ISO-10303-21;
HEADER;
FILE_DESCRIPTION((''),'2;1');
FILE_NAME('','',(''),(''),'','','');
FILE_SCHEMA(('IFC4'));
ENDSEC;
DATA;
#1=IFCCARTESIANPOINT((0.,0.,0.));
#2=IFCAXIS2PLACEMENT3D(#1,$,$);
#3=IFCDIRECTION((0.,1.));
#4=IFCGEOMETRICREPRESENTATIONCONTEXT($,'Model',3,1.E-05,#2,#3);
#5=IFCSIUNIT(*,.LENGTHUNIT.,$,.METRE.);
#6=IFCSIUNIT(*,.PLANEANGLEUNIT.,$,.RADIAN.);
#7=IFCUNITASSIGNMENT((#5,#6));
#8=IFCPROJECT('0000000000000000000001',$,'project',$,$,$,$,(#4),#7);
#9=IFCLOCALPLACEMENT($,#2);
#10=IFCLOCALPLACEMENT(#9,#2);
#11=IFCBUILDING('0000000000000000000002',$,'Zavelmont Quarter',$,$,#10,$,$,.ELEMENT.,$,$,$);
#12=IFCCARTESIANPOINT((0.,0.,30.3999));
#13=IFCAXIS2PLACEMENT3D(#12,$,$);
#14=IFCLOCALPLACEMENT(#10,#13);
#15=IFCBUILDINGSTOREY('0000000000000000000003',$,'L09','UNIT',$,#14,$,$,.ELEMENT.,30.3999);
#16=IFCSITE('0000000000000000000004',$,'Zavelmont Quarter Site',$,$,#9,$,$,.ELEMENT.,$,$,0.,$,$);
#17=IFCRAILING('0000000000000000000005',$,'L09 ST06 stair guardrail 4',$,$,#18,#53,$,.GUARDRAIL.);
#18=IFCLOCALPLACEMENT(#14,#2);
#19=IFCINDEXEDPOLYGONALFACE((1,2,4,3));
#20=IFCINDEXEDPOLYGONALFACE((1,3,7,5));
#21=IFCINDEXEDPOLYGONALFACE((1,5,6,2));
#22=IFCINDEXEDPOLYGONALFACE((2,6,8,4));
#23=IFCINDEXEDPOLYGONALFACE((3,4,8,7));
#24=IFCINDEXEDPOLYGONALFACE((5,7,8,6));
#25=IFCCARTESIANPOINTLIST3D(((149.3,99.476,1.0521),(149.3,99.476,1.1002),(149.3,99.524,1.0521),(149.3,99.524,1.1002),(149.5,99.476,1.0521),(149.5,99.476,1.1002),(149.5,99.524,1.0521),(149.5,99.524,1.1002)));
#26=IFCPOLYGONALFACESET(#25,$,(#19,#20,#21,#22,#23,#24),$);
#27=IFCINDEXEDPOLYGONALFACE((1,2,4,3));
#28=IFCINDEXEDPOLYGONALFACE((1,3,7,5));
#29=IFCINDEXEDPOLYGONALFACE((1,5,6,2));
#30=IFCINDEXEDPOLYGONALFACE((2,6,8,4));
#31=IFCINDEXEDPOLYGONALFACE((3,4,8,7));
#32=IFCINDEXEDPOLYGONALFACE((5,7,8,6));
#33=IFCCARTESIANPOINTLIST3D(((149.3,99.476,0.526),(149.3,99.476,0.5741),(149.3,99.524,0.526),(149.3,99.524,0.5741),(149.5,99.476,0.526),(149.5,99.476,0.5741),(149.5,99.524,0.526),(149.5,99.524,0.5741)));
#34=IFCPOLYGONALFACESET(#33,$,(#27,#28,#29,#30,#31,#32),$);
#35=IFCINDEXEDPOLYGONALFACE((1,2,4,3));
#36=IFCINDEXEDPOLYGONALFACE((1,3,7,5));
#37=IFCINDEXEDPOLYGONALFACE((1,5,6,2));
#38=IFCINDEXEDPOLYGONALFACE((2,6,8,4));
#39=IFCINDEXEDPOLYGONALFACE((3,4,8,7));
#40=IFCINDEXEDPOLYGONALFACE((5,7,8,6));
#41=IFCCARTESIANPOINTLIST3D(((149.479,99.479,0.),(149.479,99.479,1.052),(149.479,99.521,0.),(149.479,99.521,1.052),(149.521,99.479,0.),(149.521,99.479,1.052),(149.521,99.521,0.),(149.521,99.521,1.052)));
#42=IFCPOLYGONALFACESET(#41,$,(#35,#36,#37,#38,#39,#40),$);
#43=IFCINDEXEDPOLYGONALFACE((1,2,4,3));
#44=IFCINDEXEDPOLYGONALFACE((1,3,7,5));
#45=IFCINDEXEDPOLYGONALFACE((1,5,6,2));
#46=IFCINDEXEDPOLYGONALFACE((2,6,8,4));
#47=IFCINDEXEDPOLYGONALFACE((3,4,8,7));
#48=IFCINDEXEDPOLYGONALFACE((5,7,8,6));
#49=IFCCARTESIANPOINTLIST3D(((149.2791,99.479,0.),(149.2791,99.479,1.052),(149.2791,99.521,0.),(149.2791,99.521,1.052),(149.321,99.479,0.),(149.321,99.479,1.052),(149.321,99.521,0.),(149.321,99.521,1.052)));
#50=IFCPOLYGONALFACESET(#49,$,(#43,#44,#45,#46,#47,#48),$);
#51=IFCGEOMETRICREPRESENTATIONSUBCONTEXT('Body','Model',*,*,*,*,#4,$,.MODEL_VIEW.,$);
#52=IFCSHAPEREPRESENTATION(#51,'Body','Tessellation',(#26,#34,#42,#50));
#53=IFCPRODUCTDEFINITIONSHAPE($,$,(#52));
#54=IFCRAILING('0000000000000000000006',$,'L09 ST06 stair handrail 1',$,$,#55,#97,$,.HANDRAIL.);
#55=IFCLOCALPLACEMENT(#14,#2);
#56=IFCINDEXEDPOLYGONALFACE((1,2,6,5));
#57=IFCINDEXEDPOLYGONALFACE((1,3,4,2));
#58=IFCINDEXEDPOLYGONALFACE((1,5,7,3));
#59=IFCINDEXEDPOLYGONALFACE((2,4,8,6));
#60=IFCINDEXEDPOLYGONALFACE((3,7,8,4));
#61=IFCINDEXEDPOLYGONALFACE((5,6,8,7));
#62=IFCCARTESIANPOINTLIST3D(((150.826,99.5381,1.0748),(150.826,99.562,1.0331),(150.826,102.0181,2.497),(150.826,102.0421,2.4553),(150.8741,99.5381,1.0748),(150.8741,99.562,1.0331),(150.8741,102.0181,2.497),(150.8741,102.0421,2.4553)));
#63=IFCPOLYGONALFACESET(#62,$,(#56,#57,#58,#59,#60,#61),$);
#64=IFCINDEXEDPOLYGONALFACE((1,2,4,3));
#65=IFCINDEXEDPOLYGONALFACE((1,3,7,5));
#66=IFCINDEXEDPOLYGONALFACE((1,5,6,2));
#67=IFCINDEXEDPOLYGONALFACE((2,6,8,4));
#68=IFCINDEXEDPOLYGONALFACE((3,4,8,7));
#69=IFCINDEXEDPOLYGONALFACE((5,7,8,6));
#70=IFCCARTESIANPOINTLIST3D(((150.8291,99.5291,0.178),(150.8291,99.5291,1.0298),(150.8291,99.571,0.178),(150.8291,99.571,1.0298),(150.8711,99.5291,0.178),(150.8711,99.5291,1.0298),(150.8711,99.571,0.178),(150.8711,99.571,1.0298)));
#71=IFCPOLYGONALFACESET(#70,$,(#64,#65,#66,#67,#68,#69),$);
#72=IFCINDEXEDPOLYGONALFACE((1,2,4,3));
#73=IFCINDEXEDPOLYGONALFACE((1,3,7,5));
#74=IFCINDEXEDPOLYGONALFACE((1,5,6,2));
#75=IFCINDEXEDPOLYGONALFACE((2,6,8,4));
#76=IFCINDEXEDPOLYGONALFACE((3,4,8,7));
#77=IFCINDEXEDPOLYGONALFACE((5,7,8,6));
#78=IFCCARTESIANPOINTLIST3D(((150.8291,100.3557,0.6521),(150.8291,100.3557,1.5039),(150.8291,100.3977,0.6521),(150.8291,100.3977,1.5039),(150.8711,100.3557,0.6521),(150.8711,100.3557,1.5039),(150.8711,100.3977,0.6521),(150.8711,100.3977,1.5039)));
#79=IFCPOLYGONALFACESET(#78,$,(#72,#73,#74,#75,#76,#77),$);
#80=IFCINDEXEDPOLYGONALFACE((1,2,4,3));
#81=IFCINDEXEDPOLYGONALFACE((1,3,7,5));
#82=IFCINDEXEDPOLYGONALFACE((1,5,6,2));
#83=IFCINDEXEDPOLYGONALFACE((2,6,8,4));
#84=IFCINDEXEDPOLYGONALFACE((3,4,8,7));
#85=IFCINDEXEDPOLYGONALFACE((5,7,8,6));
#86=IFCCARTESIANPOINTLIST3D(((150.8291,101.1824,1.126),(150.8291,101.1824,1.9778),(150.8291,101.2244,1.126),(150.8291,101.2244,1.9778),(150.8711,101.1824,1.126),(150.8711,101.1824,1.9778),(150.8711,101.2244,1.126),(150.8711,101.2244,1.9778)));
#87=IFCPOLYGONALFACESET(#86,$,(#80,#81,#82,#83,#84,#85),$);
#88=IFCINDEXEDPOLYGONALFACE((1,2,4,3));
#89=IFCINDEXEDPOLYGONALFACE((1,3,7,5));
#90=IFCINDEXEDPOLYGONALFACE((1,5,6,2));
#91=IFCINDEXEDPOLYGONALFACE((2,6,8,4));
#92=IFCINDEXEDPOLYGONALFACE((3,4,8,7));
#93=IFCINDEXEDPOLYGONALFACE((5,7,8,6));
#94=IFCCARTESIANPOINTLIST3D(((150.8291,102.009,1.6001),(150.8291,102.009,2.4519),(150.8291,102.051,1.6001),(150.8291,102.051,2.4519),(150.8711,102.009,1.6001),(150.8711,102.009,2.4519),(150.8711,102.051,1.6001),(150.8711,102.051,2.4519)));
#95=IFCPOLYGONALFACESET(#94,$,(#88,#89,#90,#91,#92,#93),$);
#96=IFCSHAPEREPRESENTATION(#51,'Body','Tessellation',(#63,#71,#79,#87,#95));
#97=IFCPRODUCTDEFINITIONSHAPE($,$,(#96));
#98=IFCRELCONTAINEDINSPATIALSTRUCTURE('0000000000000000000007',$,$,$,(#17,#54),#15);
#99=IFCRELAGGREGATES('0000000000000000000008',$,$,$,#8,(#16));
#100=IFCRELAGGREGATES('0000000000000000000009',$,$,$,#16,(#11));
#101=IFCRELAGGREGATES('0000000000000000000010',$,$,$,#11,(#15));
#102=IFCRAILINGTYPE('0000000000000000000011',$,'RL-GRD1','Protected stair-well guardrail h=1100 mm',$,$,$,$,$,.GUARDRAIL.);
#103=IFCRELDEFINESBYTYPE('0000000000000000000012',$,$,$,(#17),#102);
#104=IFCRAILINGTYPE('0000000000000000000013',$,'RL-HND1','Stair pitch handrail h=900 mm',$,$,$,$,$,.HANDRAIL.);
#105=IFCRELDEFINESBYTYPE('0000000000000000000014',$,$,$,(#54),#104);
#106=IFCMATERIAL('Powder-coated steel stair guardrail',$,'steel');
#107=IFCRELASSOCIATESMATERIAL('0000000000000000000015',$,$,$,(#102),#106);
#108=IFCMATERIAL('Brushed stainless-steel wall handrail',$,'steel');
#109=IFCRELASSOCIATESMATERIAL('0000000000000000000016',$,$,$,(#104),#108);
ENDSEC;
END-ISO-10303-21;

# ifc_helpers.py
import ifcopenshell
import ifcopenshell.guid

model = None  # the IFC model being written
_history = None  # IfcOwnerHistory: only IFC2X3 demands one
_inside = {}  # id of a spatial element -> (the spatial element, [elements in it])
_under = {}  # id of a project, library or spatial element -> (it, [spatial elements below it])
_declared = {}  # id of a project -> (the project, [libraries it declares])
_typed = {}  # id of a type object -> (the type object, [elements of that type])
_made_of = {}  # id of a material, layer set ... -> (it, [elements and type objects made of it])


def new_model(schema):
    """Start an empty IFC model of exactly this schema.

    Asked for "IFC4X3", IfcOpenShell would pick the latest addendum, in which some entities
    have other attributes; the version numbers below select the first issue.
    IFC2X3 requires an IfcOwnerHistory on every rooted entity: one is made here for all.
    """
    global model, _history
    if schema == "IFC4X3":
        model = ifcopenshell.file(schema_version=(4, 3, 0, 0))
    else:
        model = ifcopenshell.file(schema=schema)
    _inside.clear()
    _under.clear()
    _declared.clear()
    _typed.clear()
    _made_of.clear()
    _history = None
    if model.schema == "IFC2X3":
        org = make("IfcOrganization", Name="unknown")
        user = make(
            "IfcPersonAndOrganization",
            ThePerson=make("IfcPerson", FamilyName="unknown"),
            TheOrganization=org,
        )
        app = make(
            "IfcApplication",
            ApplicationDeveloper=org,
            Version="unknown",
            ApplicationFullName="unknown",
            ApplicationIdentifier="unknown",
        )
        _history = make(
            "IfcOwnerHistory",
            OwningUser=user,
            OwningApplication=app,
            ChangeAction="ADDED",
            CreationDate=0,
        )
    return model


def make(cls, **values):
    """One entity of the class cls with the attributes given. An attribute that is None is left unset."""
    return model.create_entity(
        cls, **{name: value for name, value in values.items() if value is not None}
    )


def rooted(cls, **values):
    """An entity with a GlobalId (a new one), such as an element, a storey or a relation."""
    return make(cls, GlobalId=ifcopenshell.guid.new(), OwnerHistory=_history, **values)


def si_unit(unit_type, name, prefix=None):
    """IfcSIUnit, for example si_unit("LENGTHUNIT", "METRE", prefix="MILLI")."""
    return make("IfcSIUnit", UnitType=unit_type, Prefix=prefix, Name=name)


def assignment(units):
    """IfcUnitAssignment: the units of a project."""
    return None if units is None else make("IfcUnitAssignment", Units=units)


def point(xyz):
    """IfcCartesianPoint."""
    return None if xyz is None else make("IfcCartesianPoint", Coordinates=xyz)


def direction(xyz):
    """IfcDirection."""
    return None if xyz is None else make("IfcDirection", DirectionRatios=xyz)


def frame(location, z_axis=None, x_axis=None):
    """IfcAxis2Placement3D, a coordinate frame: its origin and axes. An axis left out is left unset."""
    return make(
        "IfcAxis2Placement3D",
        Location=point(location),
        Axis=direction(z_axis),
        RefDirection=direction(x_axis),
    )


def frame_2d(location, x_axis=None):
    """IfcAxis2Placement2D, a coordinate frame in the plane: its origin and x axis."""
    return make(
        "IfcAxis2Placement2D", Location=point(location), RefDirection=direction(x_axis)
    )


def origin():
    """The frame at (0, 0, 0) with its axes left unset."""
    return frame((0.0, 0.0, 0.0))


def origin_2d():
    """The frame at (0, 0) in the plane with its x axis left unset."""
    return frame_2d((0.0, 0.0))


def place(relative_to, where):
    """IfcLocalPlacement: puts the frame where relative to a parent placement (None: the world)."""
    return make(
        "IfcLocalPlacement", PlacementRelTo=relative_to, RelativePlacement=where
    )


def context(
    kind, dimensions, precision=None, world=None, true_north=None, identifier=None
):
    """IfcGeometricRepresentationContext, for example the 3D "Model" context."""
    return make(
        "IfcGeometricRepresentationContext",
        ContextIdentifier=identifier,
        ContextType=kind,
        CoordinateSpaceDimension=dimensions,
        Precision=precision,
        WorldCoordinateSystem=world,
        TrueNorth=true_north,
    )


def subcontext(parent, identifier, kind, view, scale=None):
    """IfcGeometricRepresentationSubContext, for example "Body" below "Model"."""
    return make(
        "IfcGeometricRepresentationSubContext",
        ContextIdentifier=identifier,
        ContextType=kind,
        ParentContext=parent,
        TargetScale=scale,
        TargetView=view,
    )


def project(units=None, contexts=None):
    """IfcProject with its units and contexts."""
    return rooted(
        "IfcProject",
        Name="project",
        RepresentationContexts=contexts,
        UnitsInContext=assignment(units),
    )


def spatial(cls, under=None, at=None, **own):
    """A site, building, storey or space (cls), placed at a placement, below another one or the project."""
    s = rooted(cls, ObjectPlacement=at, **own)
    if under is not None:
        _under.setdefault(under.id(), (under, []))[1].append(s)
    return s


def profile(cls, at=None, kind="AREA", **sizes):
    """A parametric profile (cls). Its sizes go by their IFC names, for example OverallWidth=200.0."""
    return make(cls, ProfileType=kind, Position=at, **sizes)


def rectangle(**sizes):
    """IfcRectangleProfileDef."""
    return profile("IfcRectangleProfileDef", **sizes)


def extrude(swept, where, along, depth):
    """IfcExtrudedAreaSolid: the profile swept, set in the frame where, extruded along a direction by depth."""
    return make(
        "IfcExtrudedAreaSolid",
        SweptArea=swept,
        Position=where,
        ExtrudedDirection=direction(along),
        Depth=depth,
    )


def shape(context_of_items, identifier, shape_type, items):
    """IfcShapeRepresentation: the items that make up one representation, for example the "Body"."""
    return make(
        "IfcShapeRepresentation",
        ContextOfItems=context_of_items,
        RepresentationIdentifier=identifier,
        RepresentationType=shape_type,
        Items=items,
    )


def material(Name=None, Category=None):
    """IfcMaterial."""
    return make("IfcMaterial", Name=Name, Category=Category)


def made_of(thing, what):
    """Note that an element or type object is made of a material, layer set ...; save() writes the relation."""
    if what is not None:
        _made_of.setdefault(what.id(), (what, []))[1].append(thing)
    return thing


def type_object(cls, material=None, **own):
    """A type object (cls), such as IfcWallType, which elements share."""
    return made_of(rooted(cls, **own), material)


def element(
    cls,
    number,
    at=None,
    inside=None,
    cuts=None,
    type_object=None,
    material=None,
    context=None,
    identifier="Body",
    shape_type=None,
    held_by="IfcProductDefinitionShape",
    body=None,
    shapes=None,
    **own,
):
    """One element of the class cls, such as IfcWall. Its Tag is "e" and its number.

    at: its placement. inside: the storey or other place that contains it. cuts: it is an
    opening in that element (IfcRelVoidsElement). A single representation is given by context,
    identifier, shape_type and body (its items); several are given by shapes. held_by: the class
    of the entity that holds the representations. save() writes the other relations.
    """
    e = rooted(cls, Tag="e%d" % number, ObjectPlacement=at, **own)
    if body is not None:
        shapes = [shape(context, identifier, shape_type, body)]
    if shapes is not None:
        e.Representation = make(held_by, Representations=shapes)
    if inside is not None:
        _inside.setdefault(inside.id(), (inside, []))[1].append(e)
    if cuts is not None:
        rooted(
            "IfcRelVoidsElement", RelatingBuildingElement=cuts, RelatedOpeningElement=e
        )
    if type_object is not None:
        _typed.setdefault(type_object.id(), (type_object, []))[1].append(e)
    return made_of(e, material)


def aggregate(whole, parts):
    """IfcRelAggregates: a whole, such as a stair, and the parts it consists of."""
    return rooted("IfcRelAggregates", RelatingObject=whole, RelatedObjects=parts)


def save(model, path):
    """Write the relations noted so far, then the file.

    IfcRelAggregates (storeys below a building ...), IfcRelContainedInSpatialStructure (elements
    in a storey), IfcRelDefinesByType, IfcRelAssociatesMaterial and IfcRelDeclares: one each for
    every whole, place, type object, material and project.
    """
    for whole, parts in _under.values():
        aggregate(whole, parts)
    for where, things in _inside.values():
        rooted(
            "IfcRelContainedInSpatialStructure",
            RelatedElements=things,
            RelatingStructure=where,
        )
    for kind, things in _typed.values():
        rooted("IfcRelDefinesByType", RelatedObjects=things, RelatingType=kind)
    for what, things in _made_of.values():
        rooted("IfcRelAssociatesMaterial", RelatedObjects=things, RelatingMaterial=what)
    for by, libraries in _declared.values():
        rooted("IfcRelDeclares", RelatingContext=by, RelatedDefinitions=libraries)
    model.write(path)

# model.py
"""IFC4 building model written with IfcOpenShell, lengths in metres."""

from ifc_helpers import new_model, si_unit, direction, frame, origin, origin_2d, place, context, subcontext, project, spatial, rectangle, extrude, material, type_object, element, save


model = new_model("IFC4")

# Units and contexts
model_context = context("Model", 3, precision=1e-05, world=origin(), true_north=direction((0.0, 1.0)))
body_context = subcontext(model_context, "Body", "Model", "MODEL_VIEW")
ifc_project = project(units=[si_unit("LENGTHUNIT", "METRE"), si_unit("PLANEANGLEUNIT", "RADIAN")], contexts=[model_context])

# Site, building, storey
site_placement = place(None, origin())
site = spatial("IfcSite", under=ifc_project, at=site_placement, Name="Zavelmont Quarter Site", CompositionType="ELEMENT", RefElevation=0.0)
building_placement = place(site_placement, origin())
building = spatial("IfcBuilding", under=site, at=building_placement, Name="Zavelmont Quarter", CompositionType="ELEMENT")
storey_placement = place(building_placement, frame((0.0, 0.0, 30.3999)))
storey = spatial("IfcBuildingStorey", under=building, at=storey_placement, Name="L09", Description="UNIT", CompositionType="ELEMENT", Elevation=30.3999)

# Railings
ifc_material_1 = material(Name="Powder-coated steel stair guardrail", Category="steel")
railing_type_1 = type_object("IfcRailingType", Name="RL-GRD1", Description="Protected stair-well guardrail h=1100 mm", PredefinedType="GUARDRAIL", material=ifc_material_1)
railing_1_placement = place(storey_placement, frame((149.5, 99.5, 0.0)))
element("IfcRailing", 1, at=railing_1_placement, inside=storey, type_object=railing_type_1, Name="L09 ST06 stair guardrail 4", PredefinedType="GUARDRAIL", context=body_context, shape_type="SweptSolid", body=[
    extrude(rectangle(XDim=0.0481, YDim=0.0481, at=origin_2d()), frame((0.0, 0.0, 1.0762), z_axis=(-1.0, 0.0, 0.0), x_axis=(0.0, -1.0, 0.0)), (0.0, 0.0, 1.0), 0.2),
    extrude(rectangle(XDim=0.0481, YDim=0.0481, at=origin_2d()), frame((0.0, 0.0, 0.55), z_axis=(-1.0, 0.0, 0.0), x_axis=(0.0, -1.0, 0.0)), (0.0, 0.0, 1.0), 0.2),
    extrude(rectangle(XDim=0.042, YDim=0.042, at=origin_2d()), origin(), (0.0, 0.0, 1.0), 1.052),
    extrude(rectangle(XDim=0.042, YDim=0.042, at=origin_2d()), frame((-0.2, 0.0, 0.0)), (0.0, 0.0, 1.0), 1.052),
])
ifc_material_2 = material(Name="Brushed stainless-steel wall handrail", Category="steel")
railing_type_2 = type_object("IfcRailingType", Name="RL-HND1", Description="Stair pitch handrail h=900 mm", PredefinedType="HANDRAIL", material=ifc_material_2)
railing_2_placement = place(storey_placement, frame((150.8501, 99.55, 0.178)))
element("IfcRailing", 2, at=railing_2_placement, inside=storey, type_object=railing_type_2, Name="L09 ST06 stair handrail 1", PredefinedType="HANDRAIL", context=body_context, shape_type="SweptSolid", body=[
    extrude(rectangle(XDim=0.0481, YDim=0.0481, at=origin_2d()), frame((0.0, 0.0, 0.876), z_axis=(0.0, 0.867491, 0.497454), x_axis=(-1.0, 0.0, 0.0)), (0.0, 0.0, 1.0), 2.8589),
    extrude(rectangle(XDim=0.042, YDim=0.042, at=origin_2d()), origin(), (0.0, 0.0, 1.0), 0.8518),
    extrude(rectangle(XDim=0.042, YDim=0.042, at=origin_2d()), frame((0.0, 0.8267, 0.4741)), (0.0, 0.0, 1.0), 0.8518),
    extrude(rectangle(XDim=0.042, YDim=0.042, at=origin_2d()), frame((0.0, 1.6533, 0.948)), (0.0, 0.0, 1.0), 0.8518),
    extrude(rectangle(XDim=0.042, YDim=0.042, at=origin_2d()), frame((0.0, 2.48, 1.4221)), (0.0, 0.0, 1.0), 0.8518),
])

save(model, "model.ifc")
